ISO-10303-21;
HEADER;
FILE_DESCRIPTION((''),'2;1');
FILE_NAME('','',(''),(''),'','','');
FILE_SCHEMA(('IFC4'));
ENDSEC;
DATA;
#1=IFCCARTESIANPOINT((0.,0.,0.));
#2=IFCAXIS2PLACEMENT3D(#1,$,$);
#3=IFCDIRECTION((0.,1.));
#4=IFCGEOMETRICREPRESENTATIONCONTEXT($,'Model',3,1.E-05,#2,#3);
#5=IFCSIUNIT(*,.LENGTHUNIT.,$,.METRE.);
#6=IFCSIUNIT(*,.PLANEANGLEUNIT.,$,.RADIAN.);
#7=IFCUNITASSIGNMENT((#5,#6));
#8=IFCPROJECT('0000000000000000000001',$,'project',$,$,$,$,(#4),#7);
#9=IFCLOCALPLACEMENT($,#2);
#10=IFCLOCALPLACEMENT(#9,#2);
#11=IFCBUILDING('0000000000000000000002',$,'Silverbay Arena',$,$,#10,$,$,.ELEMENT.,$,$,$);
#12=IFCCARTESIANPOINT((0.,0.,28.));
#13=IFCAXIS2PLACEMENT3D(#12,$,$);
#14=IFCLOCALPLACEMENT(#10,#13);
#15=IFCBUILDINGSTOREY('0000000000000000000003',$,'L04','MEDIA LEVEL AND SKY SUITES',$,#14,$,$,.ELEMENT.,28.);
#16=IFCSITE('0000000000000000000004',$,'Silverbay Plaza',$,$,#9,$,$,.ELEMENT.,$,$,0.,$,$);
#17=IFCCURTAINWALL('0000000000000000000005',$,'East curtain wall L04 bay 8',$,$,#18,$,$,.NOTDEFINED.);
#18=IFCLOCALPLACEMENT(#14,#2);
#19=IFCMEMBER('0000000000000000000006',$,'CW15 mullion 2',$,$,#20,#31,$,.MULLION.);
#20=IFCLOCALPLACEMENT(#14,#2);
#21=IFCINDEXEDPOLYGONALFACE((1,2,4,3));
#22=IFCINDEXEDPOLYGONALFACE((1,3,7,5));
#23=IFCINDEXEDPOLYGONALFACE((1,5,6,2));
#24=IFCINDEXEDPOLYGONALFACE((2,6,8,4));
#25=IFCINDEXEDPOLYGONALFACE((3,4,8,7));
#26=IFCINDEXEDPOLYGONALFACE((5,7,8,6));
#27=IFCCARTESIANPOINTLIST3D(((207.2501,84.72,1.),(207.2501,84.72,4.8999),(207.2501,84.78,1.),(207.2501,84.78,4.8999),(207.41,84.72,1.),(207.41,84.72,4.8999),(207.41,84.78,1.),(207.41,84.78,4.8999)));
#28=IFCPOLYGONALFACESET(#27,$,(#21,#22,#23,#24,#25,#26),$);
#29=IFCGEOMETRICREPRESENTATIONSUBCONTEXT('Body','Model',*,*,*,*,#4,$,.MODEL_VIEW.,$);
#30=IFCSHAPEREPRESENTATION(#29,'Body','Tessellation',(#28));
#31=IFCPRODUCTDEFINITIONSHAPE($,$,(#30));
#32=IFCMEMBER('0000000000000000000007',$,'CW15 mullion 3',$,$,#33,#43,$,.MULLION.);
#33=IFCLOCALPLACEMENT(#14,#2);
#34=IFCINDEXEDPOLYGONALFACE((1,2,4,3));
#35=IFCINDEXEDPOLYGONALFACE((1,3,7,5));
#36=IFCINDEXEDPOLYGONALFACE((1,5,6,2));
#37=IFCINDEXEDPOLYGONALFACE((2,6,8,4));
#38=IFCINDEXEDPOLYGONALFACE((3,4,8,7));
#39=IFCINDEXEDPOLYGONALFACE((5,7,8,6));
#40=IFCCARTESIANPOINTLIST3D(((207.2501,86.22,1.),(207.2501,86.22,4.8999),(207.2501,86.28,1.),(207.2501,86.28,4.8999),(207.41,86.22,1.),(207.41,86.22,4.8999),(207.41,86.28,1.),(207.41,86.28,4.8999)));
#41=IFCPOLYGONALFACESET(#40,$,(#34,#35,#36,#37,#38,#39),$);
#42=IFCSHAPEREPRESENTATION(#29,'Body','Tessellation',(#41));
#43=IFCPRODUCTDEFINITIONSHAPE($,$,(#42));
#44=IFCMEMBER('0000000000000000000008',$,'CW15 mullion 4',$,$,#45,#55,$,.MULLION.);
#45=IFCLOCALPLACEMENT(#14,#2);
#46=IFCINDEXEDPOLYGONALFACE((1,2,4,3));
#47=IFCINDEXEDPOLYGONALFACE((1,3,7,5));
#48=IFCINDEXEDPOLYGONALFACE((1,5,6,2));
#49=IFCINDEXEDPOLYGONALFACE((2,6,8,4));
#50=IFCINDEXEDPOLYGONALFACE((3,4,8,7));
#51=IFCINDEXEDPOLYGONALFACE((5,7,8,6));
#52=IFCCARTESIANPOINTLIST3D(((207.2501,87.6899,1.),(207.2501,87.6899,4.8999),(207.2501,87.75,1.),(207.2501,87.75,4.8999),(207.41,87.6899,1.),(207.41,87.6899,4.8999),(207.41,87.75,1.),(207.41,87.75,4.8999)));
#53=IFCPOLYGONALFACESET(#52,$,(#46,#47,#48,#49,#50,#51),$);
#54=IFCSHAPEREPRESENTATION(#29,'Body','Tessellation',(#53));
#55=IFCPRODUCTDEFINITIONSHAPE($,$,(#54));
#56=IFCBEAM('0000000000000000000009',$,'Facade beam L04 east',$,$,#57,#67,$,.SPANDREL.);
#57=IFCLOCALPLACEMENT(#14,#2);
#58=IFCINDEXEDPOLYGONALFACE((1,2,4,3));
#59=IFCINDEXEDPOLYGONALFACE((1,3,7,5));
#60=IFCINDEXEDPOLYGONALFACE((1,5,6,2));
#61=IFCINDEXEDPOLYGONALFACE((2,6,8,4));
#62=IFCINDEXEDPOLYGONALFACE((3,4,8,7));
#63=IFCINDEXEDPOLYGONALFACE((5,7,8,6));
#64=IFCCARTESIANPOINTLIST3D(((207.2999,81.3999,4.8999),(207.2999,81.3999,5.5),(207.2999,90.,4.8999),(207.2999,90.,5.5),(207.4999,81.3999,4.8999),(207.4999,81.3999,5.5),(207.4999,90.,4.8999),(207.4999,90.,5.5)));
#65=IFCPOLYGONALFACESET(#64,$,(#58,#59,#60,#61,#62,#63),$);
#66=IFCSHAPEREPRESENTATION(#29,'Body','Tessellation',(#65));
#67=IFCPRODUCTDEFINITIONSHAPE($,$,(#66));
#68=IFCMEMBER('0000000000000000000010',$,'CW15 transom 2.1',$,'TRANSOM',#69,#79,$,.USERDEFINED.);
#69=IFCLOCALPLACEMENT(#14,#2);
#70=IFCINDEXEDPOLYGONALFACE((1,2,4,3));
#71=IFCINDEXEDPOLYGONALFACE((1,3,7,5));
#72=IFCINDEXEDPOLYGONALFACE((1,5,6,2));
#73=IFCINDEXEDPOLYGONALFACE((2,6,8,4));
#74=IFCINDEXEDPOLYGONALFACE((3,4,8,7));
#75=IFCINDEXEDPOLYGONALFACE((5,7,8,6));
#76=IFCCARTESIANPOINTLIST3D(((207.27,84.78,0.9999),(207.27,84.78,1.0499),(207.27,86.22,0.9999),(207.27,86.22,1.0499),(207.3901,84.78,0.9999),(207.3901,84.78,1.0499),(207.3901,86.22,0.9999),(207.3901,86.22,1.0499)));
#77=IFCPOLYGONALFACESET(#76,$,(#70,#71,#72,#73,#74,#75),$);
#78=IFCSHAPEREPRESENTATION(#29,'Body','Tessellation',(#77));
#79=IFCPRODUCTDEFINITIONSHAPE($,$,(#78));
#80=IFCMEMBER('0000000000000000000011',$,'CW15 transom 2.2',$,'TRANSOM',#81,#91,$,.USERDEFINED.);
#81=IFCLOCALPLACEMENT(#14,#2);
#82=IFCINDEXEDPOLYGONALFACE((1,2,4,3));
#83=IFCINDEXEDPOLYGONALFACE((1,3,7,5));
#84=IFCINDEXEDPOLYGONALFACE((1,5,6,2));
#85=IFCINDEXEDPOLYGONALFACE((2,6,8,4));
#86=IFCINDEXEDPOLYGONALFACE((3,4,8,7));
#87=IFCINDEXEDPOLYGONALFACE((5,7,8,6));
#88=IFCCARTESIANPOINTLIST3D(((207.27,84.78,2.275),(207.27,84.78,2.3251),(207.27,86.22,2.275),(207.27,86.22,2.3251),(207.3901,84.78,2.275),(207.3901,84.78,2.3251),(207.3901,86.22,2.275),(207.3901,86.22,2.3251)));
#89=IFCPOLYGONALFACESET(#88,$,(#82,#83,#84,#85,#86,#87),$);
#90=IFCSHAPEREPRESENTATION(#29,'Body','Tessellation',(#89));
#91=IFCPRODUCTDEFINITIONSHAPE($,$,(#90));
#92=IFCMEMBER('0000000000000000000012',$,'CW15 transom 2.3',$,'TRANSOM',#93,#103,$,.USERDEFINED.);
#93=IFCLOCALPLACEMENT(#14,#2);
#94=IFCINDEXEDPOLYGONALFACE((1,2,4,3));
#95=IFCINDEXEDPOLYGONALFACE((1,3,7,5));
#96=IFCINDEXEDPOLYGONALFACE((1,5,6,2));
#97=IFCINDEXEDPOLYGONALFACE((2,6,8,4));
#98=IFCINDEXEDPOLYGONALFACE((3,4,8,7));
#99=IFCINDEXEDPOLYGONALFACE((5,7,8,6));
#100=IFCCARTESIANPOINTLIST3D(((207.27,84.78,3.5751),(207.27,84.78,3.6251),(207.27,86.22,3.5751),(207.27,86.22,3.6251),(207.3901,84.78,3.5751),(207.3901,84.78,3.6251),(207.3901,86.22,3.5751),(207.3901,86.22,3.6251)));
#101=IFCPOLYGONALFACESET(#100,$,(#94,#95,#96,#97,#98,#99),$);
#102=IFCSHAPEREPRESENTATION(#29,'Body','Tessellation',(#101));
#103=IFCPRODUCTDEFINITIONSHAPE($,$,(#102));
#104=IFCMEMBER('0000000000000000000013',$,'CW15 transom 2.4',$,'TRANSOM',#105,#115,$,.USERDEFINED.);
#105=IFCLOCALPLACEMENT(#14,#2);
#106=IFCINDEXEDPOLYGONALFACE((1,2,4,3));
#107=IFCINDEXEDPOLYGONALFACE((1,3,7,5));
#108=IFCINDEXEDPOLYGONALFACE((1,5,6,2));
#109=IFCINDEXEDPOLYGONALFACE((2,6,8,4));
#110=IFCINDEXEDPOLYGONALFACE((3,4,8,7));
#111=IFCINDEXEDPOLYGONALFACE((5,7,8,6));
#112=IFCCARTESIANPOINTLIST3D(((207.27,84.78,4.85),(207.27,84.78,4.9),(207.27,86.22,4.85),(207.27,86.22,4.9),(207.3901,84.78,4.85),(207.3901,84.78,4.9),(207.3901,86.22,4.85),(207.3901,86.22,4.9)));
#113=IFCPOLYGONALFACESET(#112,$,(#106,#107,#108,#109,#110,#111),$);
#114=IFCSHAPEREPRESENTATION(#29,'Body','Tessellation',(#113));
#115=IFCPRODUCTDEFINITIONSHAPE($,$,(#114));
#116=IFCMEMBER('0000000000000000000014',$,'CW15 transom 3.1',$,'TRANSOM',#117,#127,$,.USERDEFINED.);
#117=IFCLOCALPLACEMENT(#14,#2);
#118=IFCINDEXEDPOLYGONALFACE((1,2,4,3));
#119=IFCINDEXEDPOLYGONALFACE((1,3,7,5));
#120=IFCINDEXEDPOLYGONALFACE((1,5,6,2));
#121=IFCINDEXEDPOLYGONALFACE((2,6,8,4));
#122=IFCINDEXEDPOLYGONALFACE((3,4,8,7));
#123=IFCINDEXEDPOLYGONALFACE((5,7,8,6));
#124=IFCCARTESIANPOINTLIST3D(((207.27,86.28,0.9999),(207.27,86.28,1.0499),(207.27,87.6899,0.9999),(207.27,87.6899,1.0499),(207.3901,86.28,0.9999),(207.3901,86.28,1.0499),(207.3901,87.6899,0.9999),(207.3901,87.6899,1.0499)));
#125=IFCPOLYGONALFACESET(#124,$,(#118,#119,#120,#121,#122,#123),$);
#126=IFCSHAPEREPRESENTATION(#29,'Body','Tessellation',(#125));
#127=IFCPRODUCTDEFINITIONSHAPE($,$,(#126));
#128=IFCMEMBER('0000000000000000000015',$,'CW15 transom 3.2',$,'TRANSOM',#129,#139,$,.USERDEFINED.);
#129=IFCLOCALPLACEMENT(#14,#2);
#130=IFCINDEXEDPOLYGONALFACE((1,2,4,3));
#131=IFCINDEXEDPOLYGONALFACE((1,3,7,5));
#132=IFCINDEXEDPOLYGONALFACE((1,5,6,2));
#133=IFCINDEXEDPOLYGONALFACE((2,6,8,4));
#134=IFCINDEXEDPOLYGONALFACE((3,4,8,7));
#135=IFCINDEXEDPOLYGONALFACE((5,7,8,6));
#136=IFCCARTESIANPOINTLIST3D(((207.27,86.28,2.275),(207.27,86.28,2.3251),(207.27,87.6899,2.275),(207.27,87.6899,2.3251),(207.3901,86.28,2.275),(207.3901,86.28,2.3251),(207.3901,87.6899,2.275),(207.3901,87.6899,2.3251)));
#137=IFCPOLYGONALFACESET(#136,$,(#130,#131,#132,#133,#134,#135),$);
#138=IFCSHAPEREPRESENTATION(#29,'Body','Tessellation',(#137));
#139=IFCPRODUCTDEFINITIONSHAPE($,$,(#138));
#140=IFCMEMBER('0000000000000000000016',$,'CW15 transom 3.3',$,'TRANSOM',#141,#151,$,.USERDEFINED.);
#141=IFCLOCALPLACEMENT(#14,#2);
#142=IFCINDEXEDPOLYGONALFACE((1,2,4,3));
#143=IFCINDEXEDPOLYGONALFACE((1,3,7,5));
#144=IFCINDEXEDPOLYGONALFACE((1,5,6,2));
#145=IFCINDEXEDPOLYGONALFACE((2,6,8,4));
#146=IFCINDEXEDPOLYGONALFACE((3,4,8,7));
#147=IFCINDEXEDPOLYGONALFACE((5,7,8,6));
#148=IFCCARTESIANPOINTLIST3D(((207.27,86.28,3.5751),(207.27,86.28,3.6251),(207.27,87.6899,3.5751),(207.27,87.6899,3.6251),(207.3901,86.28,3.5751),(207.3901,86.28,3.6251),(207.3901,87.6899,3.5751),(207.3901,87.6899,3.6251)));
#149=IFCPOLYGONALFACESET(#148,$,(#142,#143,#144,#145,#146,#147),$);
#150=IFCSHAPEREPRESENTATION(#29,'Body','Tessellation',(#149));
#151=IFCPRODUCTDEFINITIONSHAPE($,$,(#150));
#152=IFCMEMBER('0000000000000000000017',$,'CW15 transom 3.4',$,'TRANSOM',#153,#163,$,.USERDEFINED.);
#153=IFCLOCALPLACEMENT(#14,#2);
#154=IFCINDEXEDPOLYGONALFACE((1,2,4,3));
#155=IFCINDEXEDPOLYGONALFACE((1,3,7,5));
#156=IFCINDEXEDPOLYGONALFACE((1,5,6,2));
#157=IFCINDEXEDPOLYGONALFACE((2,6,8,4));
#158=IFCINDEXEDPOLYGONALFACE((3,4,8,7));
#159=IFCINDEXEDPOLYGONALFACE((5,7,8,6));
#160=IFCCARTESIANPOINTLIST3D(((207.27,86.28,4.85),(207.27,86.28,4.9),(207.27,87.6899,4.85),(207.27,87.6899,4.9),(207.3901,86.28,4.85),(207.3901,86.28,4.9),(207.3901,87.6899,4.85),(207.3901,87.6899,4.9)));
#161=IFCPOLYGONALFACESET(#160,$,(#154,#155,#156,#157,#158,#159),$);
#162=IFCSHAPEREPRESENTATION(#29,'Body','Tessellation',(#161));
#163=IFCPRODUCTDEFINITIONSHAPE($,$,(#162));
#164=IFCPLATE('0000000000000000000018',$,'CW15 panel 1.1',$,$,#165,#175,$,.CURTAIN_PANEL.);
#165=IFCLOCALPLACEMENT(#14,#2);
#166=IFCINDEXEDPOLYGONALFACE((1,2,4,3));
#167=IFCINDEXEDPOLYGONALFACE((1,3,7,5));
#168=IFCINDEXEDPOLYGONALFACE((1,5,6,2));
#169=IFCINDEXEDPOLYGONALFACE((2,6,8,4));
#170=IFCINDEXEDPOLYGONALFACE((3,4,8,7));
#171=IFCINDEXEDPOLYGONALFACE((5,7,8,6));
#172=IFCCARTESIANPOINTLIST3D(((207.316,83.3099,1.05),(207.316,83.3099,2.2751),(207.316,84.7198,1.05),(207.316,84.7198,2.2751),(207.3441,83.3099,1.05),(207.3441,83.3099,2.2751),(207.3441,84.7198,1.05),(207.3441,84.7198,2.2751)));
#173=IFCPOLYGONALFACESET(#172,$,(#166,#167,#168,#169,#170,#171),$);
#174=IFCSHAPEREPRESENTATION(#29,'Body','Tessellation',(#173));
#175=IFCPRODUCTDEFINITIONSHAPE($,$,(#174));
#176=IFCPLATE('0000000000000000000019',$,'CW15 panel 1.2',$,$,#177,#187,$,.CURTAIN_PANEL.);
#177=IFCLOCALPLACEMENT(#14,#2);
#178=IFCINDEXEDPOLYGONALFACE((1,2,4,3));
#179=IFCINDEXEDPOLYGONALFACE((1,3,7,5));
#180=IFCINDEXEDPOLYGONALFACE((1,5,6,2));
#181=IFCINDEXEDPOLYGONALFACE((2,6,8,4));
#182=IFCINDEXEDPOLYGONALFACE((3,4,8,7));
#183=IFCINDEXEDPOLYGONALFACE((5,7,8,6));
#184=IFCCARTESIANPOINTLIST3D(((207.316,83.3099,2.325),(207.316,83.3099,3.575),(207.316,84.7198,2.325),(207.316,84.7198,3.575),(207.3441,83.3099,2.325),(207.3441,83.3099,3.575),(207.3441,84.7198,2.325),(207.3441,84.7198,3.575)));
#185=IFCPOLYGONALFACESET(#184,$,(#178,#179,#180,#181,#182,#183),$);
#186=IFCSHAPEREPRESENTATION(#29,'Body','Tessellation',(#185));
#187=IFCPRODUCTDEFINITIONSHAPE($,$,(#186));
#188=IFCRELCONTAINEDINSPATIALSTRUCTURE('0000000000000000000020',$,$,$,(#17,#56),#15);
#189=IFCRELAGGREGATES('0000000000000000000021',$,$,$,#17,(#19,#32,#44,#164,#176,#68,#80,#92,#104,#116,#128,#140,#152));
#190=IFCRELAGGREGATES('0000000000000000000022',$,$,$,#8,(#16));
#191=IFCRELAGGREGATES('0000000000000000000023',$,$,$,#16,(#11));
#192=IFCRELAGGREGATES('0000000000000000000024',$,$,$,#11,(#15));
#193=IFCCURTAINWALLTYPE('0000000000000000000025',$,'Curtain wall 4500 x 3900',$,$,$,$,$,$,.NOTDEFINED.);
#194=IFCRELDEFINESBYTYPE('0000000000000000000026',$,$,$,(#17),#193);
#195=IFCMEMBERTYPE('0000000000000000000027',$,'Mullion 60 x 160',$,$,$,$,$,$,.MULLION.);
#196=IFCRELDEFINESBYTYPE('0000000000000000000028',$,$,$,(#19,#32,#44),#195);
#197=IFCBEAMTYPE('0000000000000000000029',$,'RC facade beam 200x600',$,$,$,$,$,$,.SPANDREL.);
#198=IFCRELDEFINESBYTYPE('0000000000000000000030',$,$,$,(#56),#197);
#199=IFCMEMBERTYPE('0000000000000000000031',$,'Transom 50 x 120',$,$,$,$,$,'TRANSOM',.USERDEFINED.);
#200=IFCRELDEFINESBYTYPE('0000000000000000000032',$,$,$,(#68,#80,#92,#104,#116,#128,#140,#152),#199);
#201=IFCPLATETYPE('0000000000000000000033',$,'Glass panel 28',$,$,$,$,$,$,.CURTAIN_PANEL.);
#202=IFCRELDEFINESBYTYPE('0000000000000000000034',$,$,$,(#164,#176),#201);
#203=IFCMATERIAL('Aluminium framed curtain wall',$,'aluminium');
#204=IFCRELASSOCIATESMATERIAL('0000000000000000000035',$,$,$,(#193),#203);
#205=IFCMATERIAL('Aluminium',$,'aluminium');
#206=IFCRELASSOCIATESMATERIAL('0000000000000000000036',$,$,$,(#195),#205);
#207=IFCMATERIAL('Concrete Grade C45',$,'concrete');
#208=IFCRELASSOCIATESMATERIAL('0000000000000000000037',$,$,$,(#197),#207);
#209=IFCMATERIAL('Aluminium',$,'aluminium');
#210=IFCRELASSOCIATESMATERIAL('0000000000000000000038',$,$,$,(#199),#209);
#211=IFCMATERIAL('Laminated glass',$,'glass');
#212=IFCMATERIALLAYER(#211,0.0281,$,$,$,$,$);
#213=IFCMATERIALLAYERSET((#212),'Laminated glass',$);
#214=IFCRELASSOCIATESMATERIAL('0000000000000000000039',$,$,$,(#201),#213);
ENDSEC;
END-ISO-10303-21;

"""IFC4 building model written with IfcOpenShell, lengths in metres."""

from ifc_helpers import new_model, si_unit, direction, frame, origin, origin_2d, place, context, subcontext, project, spatial, rectangle, extrude, material, layer, layer_set, material_profile, profile_set, type_object, element, aggregate, save


model = new_model("IFC4")

# Units and contexts
model_context = context("Model", 3, precision=1e-05, world=origin(), true_north=direction((0.0, 1.0)))
body_context = subcontext(model_context, "Body", "Model", "MODEL_VIEW")
ifc_project = project(units=[si_unit("LENGTHUNIT", "METRE"), si_unit("PLANEANGLEUNIT", "RADIAN")], contexts=[model_context])

# Site, building, storey
site_placement = place(None, origin())
site = spatial("IfcSite", under=ifc_project, at=site_placement, Name="Silverbay Plaza", CompositionType="ELEMENT", RefElevation=0.0)
building_placement = place(site_placement, origin())
building = spatial("IfcBuilding", under=site, at=building_placement, Name="Silverbay Arena", CompositionType="ELEMENT")
storey_placement = place(building_placement, frame((0.0, 0.0, 28.0)))
storey = spatial("IfcBuildingStorey", under=building, at=storey_placement, Name="L04", Description="MEDIA LEVEL AND SKY SUITES", CompositionType="ELEMENT", Elevation=28.0)

# Curtain wall, members
ifc_material_1 = material(Name="Aluminium framed curtain wall", Category="aluminium")
curtain_wall_type = type_object("IfcCurtainWallType", Name="Curtain wall 4500 x 3900", PredefinedType="NOTDEFINED", material=ifc_material_1)
curtain_wall_placement = place(storey_placement, origin())
curtain_wall = element("IfcCurtainWall", 1, at=curtain_wall_placement, inside=storey, type_object=curtain_wall_type, Name="East curtain wall L04 bay 8", PredefinedType="NOTDEFINED")
ifc_material_2 = material(Name="Aluminium", Category="aluminium")
ifc_material_profile_1 = material_profile(ifc_material_2, rectangle(XDim=0.1599, YDim=0.0601, at=origin_2d()), Name="Mullion 60 x 160")
ifc_profile_set_1 = profile_set([ifc_material_profile_1], Name="Aluminium")
member_type_1 = type_object("IfcMemberType", Name="Mullion 60 x 160", PredefinedType="MULLION", material=ifc_profile_set_1)
member_1_placement = place(storey_placement, frame((207.3301, 84.75, 1.0), z_axis=(0.0, 0.0, 1.0), x_axis=(-1.0, 0.0, 0.0)))
member_1 = element("IfcMember", 2, at=member_1_placement, type_object=member_type_1, Name="CW15 mullion 2", PredefinedType="MULLION", context=body_context, shape_type="SweptSolid", body=[
    extrude(rectangle(XDim=0.1599, YDim=0.0601, at=origin_2d()), origin(), (0.0, 0.0, 1.0), 3.8999),
])
member_2_placement = place(storey_placement, frame((207.3301, 86.25, 1.0), z_axis=(0.0, 0.0, 1.0), x_axis=(-1.0, 0.0, 0.0)))
member_2 = element("IfcMember", 3, at=member_2_placement, type_object=member_type_1, Name="CW15 mullion 3", PredefinedType="MULLION", context=body_context, shape_type="SweptSolid", body=[
    extrude(rectangle(XDim=0.1599, YDim=0.0601, at=origin_2d()), origin(), (0.0, 0.0, 1.0), 3.8999),
])
member_3_placement = place(storey_placement, frame((207.3301, 87.72, 1.0), z_axis=(0.0, 0.0, 1.0), x_axis=(-1.0, 0.0, 0.0)))
member_3 = element("IfcMember", 4, at=member_3_placement, type_object=member_type_1, Name="CW15 mullion 4", PredefinedType="MULLION", context=body_context, shape_type="SweptSolid", body=[
    extrude(rectangle(XDim=0.1599, YDim=0.0601, at=origin_2d()), origin(), (0.0, 0.0, 1.0), 3.8999),
])

# Beam
ifc_material_3 = material(Name="Concrete Grade C45", Category="concrete")
ifc_material_profile_2 = material_profile(ifc_material_3, rectangle(XDim=0.2, YDim=0.6001, at=origin_2d()), Name="RC 200x600")
ifc_profile_set_2 = profile_set([ifc_material_profile_2], Name="Concrete Grade C45")
beam_type = type_object("IfcBeamType", Name="RC facade beam 200x600", PredefinedType="SPANDREL", material=ifc_profile_set_2)
beam_placement = place(storey_placement, frame((207.3999, 81.3999, 5.2), z_axis=(0.0, 1.0, 0.0), x_axis=(-1.0, 0.0, 0.0)))
element("IfcBeam", 5, at=beam_placement, inside=storey, type_object=beam_type, Name="Facade beam L04 east", PredefinedType="SPANDREL", context=body_context, shape_type="SweptSolid", body=[
    extrude(rectangle(XDim=0.2, YDim=0.6001, at=origin_2d()), origin(), (0.0, 0.0, 1.0), 8.6001),
])

# Members
ifc_material_4 = material(Name="Aluminium", Category="aluminium")
ifc_material_profile_3 = material_profile(ifc_material_4, rectangle(XDim=0.1201, YDim=0.05, at=origin_2d()), Name="Transom 50 x 120")
ifc_profile_set_3 = profile_set([ifc_material_profile_3], Name="Aluminium")
member_type_2 = type_object("IfcMemberType", Name="Transom 50 x 120", ElementType="TRANSOM", PredefinedType="USERDEFINED", material=ifc_profile_set_3)
member_4_placement = place(storey_placement, frame((207.3301, 84.78, 1.0249), z_axis=(0.0, 1.0, 0.0), x_axis=(-1.0, 0.0, 0.0)))
member_4 = element("IfcMember", 6, at=member_4_placement, type_object=member_type_2, Name="CW15 transom 2.1", ObjectType="TRANSOM", PredefinedType="USERDEFINED", context=body_context, shape_type="SweptSolid", body=[
    extrude(rectangle(XDim=0.1201, YDim=0.05, at=origin_2d()), origin(), (0.0, 0.0, 1.0), 1.4399),
])
member_5_placement = place(storey_placement, frame((207.3301, 84.78, 2.3), z_axis=(0.0, 1.0, 0.0), x_axis=(-1.0, 0.0, 0.0)))
member_5 = element("IfcMember", 7, at=member_5_placement, type_object=member_type_2, Name="CW15 transom 2.2", ObjectType="TRANSOM", PredefinedType="USERDEFINED", context=body_context, shape_type="SweptSolid", body=[
    extrude(rectangle(XDim=0.1201, YDim=0.05, at=origin_2d()), origin(), (0.0, 0.0, 1.0), 1.4399),
])
member_6_placement = place(storey_placement, frame((207.3301, 84.78, 3.6001), z_axis=(0.0, 1.0, 0.0), x_axis=(-1.0, 0.0, 0.0)))
member_6 = element("IfcMember", 8, at=member_6_placement, type_object=member_type_2, Name="CW15 transom 2.3", ObjectType="TRANSOM", PredefinedType="USERDEFINED", context=body_context, shape_type="SweptSolid", body=[
    extrude(rectangle(XDim=0.1201, YDim=0.05, at=origin_2d()), origin(), (0.0, 0.0, 1.0), 1.4399),
])
member_7_placement = place(storey_placement, frame((207.3301, 84.78, 4.875), z_axis=(0.0, 1.0, 0.0), x_axis=(-1.0, 0.0, 0.0)))
member_7 = element("IfcMember", 9, at=member_7_placement, type_object=member_type_2, Name="CW15 transom 2.4", ObjectType="TRANSOM", PredefinedType="USERDEFINED", context=body_context, shape_type="SweptSolid", body=[
    extrude(rectangle(XDim=0.1201, YDim=0.05, at=origin_2d()), origin(), (0.0, 0.0, 1.0), 1.4399),
])
member_8_placement = place(storey_placement, frame((207.3301, 86.28, 1.0249), z_axis=(0.0, 1.0, 0.0), x_axis=(-1.0, 0.0, 0.0)))
member_8 = element("IfcMember", 10, at=member_8_placement, type_object=member_type_2, Name="CW15 transom 3.1", ObjectType="TRANSOM", PredefinedType="USERDEFINED", context=body_context, shape_type="SweptSolid", body=[
    extrude(rectangle(XDim=0.1201, YDim=0.05, at=origin_2d()), origin(), (0.0, 0.0, 1.0), 1.4099),
])
member_9_placement = place(storey_placement, frame((207.3301, 86.28, 2.3), z_axis=(0.0, 1.0, 0.0), x_axis=(-1.0, 0.0, 0.0)))
member_9 = element("IfcMember", 11, at=member_9_placement, type_object=member_type_2, Name="CW15 transom 3.2", ObjectType="TRANSOM", PredefinedType="USERDEFINED", context=body_context, shape_type="SweptSolid", body=[
    extrude(rectangle(XDim=0.1201, YDim=0.05, at=origin_2d()), origin(), (0.0, 0.0, 1.0), 1.4099),
])
member_10_placement = place(storey_placement, frame((207.3301, 86.28, 3.6001), z_axis=(0.0, 1.0, 0.0), x_axis=(-1.0, 0.0, 0.0)))
member_10 = element("IfcMember", 12, at=member_10_placement, type_object=member_type_2, Name="CW15 transom 3.3", ObjectType="TRANSOM", PredefinedType="USERDEFINED", context=body_context, shape_type="SweptSolid", body=[
    extrude(rectangle(XDim=0.1201, YDim=0.05, at=origin_2d()), origin(), (0.0, 0.0, 1.0), 1.4099),
])
member_11_placement = place(storey_placement, frame((207.3301, 86.28, 4.875), z_axis=(0.0, 1.0, 0.0), x_axis=(-1.0, 0.0, 0.0)))
member_11 = element("IfcMember", 13, at=member_11_placement, type_object=member_type_2, Name="CW15 transom 3.4", ObjectType="TRANSOM", PredefinedType="USERDEFINED", context=body_context, shape_type="SweptSolid", body=[
    extrude(rectangle(XDim=0.1201, YDim=0.05, at=origin_2d()), origin(), (0.0, 0.0, 1.0), 1.4099),
])

# Plates
ifc_material_5 = material(Name="Laminated glass", Category="glass")
ifc_layer_1 = layer(ifc_material_5, 0.0281)
ifc_layer_set_1 = layer_set([ifc_layer_1], Name="Laminated glass")
plate_type = type_object("IfcPlateType", Name="Glass panel 28", PredefinedType="CURTAIN_PANEL", material=ifc_layer_set_1)
plate_1_placement = place(storey_placement, frame((207.3301, 84.0149, 1.05), z_axis=(0.0, 0.0, 1.0), x_axis=(0.0, 1.0, 0.0)))
plate_1 = element("IfcPlate", 14, at=plate_1_placement, type_object=plate_type, Name="CW15 panel 1.1", PredefinedType="CURTAIN_PANEL", context=body_context, shape_type="SweptSolid", body=[
    extrude(rectangle(XDim=1.4099, YDim=0.0281, at=origin_2d()), origin(), (0.0, 0.0, 1.0), 1.2251),
])
plate_2_placement = place(storey_placement, frame((207.3301, 84.0149, 2.325), z_axis=(0.0, 0.0, 1.0), x_axis=(0.0, 1.0, 0.0)))
plate_2 = element("IfcPlate", 15, at=plate_2_placement, type_object=plate_type, Name="CW15 panel 1.2", PredefinedType="CURTAIN_PANEL", context=body_context, shape_type="SweptSolid", body=[
    extrude(rectangle(XDim=1.4099, YDim=0.0281, at=origin_2d()), origin(), (0.0, 0.0, 1.0), 1.25),
])
aggregate(curtain_wall, [member_1, member_2, member_3, plate_1, plate_2, member_4, member_5, member_6, member_7, member_8, member_9, member_10, member_11])

save(model, "model.ifc")
